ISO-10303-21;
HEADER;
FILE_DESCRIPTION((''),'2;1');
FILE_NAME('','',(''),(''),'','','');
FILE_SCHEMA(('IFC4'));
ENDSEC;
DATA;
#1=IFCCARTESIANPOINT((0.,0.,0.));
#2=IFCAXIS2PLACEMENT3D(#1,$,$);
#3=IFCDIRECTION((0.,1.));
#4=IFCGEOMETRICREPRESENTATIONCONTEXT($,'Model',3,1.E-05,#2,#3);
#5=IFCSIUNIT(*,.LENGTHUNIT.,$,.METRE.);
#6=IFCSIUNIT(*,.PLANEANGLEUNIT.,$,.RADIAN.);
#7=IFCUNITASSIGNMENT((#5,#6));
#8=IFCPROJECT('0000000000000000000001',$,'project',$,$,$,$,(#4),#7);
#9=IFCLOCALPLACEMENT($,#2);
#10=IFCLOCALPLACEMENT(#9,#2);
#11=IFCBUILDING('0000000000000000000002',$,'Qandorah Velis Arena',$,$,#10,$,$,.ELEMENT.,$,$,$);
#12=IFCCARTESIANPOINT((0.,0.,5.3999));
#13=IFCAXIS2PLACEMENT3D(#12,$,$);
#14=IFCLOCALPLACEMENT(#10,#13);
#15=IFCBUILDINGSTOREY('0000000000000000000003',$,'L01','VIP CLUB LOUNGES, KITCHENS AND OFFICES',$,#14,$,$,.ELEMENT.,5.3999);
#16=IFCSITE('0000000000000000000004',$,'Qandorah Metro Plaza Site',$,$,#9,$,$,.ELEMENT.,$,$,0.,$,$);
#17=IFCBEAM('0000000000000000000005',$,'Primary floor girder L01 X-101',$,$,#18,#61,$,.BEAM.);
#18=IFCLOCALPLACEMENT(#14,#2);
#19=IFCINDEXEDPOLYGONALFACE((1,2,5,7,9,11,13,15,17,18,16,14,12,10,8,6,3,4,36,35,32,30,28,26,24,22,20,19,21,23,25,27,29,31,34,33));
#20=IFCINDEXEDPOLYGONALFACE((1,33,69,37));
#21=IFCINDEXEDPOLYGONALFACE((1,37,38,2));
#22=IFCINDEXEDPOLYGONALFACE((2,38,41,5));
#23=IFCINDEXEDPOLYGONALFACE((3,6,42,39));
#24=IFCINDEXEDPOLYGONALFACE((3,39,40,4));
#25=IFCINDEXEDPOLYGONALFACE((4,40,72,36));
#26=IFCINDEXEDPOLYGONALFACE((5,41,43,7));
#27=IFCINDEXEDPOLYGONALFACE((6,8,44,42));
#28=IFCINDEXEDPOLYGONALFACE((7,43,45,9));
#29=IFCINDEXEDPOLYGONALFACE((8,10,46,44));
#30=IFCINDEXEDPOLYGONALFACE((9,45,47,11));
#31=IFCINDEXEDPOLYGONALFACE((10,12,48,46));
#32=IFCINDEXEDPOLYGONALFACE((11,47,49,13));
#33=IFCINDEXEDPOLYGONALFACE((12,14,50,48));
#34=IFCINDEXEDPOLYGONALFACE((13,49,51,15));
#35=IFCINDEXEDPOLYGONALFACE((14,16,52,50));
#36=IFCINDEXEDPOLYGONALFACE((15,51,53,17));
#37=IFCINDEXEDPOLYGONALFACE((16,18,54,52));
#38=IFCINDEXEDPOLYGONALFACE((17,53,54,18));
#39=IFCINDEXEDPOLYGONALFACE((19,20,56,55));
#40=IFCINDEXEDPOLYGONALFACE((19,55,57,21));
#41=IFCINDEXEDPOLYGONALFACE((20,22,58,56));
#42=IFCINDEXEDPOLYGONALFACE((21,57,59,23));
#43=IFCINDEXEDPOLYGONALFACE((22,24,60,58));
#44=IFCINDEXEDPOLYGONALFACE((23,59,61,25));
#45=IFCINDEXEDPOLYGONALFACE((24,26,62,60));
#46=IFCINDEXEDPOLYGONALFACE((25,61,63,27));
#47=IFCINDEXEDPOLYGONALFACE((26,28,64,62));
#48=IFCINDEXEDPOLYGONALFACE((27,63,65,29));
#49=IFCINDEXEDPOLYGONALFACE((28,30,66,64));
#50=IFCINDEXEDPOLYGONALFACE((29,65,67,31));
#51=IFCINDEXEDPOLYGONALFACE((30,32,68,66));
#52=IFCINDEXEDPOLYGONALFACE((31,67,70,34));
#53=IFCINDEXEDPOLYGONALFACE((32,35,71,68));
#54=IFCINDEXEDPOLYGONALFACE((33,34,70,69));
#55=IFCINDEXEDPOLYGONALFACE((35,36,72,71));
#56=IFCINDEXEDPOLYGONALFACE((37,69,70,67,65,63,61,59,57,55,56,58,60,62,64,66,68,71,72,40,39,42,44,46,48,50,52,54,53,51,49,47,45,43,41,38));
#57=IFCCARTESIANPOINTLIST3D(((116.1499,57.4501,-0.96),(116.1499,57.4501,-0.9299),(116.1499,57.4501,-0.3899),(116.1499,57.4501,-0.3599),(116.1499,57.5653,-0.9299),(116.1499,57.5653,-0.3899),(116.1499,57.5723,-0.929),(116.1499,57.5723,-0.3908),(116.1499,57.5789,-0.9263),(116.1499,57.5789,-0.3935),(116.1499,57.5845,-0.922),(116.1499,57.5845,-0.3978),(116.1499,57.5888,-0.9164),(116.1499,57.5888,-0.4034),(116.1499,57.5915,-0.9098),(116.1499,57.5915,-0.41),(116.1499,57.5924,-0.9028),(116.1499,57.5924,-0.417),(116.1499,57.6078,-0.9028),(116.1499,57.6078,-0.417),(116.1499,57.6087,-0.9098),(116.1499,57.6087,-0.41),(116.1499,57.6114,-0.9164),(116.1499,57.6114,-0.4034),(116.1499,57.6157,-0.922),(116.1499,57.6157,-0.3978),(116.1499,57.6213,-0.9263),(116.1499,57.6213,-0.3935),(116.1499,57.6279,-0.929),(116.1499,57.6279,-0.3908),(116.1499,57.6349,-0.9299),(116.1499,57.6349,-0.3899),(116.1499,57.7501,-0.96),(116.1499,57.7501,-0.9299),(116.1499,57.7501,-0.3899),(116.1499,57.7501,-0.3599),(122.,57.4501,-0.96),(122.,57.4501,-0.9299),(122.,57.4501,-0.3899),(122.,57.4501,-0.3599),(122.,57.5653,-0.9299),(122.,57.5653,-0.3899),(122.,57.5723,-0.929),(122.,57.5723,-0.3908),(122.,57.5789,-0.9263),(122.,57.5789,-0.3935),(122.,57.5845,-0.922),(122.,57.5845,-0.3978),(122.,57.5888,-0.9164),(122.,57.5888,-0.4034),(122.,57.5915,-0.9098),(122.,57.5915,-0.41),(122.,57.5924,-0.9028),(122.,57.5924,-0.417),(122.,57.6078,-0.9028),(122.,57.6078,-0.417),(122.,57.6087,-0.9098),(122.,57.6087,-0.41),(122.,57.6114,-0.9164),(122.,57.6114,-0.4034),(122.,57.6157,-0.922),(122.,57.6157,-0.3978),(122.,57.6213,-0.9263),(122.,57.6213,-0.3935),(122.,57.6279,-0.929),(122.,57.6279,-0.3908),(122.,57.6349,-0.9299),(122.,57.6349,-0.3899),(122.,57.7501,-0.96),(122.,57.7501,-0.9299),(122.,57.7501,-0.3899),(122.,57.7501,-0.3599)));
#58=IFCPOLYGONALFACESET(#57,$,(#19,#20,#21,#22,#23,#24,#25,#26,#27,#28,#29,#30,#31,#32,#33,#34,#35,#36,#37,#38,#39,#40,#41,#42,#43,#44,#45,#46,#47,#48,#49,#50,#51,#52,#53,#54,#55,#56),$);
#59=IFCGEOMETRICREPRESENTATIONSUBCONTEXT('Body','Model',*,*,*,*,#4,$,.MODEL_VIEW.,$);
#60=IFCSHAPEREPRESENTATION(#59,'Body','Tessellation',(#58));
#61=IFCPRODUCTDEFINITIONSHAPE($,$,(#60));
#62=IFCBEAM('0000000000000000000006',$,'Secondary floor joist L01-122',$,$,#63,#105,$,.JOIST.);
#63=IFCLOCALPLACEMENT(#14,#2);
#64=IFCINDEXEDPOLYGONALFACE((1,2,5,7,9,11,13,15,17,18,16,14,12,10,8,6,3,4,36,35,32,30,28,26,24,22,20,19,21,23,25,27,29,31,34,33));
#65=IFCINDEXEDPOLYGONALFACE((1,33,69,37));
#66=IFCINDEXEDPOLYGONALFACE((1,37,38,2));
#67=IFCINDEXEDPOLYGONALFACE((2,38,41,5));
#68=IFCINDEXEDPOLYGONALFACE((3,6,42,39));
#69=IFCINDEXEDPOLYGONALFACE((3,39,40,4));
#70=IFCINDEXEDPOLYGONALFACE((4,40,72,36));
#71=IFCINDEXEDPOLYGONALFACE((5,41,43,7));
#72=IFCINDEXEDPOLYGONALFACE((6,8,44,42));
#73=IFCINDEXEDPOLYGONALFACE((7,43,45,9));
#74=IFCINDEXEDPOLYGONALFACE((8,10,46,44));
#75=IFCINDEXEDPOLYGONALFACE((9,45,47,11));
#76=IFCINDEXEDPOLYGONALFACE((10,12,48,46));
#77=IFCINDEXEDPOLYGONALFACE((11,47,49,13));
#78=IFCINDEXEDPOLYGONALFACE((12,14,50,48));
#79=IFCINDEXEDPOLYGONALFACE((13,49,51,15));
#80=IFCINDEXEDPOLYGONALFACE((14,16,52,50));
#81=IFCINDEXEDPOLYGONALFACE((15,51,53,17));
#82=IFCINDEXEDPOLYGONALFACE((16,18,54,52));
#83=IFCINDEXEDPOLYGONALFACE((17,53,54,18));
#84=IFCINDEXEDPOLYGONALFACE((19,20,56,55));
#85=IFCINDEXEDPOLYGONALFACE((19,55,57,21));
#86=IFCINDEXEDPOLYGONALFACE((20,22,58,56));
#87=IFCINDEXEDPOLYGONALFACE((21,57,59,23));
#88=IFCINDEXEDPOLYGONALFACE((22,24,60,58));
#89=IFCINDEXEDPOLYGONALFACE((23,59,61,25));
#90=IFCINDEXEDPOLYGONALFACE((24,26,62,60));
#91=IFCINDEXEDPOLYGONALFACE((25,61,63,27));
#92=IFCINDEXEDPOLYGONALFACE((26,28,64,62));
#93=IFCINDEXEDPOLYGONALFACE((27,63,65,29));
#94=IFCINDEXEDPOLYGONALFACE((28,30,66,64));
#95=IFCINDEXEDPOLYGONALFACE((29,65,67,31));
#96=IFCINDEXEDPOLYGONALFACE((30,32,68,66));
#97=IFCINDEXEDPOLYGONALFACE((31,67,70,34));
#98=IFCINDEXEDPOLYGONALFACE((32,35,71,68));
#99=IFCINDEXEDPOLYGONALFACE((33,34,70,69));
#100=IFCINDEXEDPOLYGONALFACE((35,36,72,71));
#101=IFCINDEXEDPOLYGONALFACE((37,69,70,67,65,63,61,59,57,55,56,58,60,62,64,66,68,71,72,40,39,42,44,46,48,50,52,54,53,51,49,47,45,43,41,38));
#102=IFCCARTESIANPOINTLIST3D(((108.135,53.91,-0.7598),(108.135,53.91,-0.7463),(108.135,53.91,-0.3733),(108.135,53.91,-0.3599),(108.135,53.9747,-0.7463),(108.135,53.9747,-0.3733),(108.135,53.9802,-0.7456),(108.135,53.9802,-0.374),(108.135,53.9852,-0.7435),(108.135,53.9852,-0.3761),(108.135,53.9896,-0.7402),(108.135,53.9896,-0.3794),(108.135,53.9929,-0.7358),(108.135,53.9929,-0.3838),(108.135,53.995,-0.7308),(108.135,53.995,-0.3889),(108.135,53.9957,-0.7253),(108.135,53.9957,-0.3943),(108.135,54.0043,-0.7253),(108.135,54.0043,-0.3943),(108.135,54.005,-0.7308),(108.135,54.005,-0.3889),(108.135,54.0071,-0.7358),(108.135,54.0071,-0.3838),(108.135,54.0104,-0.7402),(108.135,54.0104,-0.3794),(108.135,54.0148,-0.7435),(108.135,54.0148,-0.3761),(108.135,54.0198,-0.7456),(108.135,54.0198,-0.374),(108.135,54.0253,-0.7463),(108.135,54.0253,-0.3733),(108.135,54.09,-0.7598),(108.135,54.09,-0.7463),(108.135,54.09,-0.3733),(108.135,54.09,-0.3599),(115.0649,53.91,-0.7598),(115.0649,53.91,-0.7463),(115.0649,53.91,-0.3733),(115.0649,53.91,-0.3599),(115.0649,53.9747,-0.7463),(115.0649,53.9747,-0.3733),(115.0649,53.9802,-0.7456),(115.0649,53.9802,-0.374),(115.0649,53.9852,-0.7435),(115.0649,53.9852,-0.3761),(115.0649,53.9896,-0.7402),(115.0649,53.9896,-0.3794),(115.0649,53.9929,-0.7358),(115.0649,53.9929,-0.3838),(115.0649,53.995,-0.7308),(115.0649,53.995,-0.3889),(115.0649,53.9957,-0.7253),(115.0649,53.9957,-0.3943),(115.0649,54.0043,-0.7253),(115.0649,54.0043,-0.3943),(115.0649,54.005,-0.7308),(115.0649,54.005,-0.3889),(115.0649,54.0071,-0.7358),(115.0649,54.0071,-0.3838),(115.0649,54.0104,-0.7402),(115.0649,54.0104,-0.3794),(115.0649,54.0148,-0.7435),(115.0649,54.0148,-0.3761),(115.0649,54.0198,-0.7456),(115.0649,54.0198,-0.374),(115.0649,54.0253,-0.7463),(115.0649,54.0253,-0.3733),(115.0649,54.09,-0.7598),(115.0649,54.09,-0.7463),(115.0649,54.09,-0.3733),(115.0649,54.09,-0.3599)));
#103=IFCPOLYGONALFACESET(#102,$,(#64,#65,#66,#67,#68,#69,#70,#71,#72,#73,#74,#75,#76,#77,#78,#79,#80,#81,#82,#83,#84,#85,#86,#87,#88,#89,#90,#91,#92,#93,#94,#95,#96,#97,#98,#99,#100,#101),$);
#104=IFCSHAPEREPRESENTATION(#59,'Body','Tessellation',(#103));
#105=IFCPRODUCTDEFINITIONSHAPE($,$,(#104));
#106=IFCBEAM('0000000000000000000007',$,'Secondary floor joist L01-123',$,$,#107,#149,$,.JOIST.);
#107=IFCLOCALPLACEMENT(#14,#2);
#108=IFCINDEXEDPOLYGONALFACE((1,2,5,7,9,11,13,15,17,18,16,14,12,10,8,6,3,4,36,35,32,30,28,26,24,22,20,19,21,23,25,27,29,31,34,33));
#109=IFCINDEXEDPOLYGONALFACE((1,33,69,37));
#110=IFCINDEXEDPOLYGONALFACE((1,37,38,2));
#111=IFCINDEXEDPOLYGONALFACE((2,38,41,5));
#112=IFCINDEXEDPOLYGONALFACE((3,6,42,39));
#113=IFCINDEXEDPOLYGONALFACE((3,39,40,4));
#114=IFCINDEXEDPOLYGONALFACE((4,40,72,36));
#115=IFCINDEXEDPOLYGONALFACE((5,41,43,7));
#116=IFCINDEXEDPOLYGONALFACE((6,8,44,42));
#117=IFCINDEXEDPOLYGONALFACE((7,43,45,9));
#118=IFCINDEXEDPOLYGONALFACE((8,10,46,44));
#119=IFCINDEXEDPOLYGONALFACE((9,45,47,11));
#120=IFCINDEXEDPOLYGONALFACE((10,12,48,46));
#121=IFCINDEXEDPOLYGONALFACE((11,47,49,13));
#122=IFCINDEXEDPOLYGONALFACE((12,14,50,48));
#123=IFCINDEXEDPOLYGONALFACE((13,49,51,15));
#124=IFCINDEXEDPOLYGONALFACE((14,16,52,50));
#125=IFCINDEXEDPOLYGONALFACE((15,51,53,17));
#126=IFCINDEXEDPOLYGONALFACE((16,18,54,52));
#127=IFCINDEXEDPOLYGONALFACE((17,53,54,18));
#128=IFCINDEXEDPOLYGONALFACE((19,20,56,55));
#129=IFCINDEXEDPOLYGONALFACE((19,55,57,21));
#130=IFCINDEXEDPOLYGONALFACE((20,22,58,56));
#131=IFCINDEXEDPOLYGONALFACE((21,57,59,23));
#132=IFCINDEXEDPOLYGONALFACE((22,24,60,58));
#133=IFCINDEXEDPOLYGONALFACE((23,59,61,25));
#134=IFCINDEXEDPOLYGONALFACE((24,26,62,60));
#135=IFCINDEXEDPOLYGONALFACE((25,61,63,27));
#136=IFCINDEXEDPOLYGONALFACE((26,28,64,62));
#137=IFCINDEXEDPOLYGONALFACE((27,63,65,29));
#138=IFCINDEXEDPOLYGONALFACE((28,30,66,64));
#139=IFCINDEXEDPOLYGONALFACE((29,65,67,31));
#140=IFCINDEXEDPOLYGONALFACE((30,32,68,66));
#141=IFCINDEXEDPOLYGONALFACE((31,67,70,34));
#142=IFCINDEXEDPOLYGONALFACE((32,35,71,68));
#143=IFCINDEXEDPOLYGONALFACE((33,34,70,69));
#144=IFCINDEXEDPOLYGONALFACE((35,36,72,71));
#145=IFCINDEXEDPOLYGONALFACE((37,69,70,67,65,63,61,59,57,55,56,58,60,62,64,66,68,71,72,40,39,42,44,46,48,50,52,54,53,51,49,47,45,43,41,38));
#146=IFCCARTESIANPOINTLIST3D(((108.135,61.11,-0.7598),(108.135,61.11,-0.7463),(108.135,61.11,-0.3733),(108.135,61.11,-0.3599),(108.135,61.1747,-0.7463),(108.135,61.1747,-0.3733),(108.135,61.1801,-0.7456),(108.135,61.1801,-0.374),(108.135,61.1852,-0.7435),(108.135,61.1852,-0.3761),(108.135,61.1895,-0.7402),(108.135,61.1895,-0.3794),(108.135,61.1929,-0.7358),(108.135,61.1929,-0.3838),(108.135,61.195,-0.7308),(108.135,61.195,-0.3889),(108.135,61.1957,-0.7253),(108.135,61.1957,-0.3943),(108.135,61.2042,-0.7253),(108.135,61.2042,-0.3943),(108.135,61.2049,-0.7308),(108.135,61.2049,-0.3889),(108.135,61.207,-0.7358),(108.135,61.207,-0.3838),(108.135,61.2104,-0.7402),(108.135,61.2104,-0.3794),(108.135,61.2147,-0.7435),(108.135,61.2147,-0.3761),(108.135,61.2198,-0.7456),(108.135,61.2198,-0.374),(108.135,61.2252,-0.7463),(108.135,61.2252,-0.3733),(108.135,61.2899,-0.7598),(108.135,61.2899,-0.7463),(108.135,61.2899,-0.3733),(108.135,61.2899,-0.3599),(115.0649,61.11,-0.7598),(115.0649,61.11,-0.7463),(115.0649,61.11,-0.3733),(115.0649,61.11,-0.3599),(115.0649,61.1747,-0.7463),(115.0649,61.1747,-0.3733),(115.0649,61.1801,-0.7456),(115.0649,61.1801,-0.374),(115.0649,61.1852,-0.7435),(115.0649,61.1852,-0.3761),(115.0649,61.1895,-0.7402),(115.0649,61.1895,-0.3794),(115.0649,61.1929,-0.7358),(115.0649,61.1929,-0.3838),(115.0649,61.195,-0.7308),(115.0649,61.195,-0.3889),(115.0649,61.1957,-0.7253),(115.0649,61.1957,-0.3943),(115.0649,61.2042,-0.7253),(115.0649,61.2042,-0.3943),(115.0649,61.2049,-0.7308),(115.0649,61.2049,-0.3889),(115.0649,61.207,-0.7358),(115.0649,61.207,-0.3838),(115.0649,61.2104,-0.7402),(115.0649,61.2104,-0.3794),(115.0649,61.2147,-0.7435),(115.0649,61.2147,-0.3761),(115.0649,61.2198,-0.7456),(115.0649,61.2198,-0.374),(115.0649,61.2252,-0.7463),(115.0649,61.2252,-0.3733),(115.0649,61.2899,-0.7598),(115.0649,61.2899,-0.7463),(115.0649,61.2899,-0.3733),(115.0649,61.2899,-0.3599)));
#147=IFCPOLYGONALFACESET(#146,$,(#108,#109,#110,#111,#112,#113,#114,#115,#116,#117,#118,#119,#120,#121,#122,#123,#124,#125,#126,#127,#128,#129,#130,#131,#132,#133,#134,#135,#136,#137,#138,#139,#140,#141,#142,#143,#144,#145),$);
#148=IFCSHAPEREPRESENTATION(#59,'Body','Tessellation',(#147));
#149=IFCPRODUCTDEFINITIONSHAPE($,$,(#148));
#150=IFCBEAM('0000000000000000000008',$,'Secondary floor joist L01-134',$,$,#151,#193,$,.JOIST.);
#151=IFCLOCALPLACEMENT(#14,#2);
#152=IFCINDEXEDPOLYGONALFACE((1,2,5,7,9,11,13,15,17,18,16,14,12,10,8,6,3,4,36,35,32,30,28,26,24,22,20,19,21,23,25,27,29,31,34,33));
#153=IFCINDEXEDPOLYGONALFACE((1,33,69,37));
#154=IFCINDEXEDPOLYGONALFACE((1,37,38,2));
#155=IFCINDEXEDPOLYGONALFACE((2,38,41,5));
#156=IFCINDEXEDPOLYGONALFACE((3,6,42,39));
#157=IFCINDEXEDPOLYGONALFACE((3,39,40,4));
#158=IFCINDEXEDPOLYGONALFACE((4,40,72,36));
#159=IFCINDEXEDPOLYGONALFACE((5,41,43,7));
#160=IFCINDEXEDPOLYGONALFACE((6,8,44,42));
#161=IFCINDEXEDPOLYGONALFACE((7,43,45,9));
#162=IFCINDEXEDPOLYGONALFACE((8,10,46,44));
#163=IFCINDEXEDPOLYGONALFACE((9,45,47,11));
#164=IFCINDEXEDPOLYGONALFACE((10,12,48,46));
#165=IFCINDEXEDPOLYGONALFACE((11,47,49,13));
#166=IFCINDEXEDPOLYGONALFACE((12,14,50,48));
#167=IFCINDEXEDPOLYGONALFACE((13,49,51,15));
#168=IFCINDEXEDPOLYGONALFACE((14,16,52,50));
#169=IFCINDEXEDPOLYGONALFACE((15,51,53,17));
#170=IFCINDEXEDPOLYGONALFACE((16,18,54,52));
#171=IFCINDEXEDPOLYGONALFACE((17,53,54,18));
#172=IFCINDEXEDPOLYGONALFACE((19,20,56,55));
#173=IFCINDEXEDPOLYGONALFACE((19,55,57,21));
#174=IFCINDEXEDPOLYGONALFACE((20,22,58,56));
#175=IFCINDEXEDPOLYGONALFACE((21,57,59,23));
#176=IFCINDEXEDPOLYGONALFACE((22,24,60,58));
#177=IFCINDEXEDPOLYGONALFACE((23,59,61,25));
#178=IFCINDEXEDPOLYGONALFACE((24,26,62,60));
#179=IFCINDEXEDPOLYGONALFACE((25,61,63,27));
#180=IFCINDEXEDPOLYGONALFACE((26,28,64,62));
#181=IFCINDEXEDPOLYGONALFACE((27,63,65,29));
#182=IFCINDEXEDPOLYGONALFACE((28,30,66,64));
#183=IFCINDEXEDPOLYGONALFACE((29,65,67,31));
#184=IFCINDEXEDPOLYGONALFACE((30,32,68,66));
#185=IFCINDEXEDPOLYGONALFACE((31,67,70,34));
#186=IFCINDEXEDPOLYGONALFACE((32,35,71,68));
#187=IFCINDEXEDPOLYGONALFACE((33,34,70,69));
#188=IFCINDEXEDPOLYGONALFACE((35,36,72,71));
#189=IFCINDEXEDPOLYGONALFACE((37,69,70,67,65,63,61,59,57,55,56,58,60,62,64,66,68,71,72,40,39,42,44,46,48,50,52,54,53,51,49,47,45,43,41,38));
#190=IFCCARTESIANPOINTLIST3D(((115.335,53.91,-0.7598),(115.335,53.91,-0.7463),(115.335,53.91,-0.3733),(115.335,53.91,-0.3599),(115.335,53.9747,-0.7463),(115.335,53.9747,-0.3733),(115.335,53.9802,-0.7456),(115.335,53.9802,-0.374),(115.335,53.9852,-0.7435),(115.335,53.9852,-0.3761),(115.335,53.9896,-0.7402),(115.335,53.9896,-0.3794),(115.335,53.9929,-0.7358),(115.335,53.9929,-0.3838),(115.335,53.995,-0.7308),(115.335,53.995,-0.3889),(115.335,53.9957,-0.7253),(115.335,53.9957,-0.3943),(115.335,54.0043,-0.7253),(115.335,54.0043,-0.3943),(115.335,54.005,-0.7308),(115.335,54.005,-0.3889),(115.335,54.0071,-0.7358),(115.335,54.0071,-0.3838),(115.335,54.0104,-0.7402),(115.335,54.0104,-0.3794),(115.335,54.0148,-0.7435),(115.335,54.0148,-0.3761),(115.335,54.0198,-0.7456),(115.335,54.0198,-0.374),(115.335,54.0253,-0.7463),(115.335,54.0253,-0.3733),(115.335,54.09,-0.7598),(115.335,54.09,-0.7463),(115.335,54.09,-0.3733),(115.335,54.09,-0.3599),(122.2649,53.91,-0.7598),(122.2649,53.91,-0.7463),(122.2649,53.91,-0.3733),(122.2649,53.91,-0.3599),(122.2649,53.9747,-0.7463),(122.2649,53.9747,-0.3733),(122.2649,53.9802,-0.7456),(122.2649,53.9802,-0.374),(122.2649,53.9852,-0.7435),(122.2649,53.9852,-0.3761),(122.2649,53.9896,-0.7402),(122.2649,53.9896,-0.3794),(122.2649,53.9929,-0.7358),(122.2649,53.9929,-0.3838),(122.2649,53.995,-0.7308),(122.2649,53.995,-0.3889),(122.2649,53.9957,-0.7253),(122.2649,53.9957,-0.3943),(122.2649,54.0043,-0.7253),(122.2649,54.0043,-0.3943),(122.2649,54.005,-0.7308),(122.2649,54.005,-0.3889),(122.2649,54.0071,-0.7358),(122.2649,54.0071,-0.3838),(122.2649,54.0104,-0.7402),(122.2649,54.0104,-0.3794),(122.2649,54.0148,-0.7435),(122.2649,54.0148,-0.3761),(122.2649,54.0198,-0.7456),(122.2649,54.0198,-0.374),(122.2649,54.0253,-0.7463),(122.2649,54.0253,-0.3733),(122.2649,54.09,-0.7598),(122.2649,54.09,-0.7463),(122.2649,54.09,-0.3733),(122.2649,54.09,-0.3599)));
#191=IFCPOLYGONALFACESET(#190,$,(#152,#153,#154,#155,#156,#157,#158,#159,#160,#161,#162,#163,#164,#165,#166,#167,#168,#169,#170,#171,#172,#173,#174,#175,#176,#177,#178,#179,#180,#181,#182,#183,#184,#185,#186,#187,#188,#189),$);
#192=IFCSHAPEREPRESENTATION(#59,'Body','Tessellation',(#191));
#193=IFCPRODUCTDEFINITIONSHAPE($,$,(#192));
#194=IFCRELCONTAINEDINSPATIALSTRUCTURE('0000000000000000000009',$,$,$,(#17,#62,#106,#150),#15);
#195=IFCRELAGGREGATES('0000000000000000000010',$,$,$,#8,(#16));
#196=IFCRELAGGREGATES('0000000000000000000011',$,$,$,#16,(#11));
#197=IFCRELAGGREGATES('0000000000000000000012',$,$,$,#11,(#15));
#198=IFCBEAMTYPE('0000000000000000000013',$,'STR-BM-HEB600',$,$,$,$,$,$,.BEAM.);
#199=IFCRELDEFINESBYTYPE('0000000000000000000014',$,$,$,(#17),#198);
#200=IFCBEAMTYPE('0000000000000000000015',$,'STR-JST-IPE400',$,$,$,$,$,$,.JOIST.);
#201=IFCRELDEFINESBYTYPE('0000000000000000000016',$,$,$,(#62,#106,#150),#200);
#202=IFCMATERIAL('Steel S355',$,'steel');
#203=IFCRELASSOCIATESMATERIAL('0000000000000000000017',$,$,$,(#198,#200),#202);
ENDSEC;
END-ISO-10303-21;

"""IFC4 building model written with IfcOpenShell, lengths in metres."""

from ifc_helpers import new_model, si_unit, direction, frame, origin, origin_2d, place, context, subcontext, project, spatial, i_section, extrude, material, material_profile, profile_set, type_object, element, save


model = new_model("IFC4")

# Units and contexts
model_context = context("Model", 3, precision=1e-05, world=origin(), true_north=direction((0.0, 1.0)))
body_context = subcontext(model_context, "Body", "Model", "MODEL_VIEW")
ifc_project = project(units=[si_unit("LENGTHUNIT", "METRE"), si_unit("PLANEANGLEUNIT", "RADIAN")], contexts=[model_context])

# Site, building, storey
site_placement = place(None, origin())
site = spatial("IfcSite", under=ifc_project, at=site_placement, Name="Qandorah Metro Plaza Site", CompositionType="ELEMENT", RefElevation=0.0)
building_placement = place(site_placement, origin())
building = spatial("IfcBuilding", under=site, at=building_placement, Name="Qandorah Velis Arena", CompositionType="ELEMENT")
storey_placement = place(building_placement, frame((0.0, 0.0, 5.3999)))
storey = spatial("IfcBuildingStorey", under=building, at=storey_placement, Name="L01", Description="VIP CLUB LOUNGES, KITCHENS AND OFFICES", CompositionType="ELEMENT", Elevation=5.3999)

# Beams
ifc_material_1 = material(Name="Steel S355", Category="steel")
ifc_material_profile_1 = material_profile(ifc_material_1, i_section(OverallWidth=0.3, OverallDepth=0.6001, WebThickness=0.0154, FlangeThickness=0.03, FilletRadius=0.0271, at=origin_2d()), Name="HEB 600")
ifc_profile_set_1 = profile_set([ifc_material_profile_1], Name="Steel S355")
beam_type_1 = type_object("IfcBeamType", Name="STR-BM-HEB600", PredefinedType="BEAM", material=ifc_profile_set_1)
beam_1_placement = place(storey_placement, frame((116.1499, 57.6001, -0.6599), z_axis=(1.0, 0.0, 0.0), x_axis=(0.0, 1.0, 0.0)))
element("IfcBeam", 1, at=beam_1_placement, inside=storey, type_object=beam_type_1, Name="Primary floor girder L01 X-101", PredefinedType="BEAM", context=body_context, shape_type="SweptSolid", body=[
    extrude(i_section(OverallWidth=0.3, OverallDepth=0.6001, WebThickness=0.0154, FlangeThickness=0.03, FilletRadius=0.0271, at=origin_2d()), origin(), (0.0, 0.0, 1.0), 5.8501),
])
ifc_material_profile_2 = material_profile(ifc_material_1, i_section(OverallWidth=0.1799, OverallDepth=0.3999, WebThickness=0.0085, FlangeThickness=0.0134, FilletRadius=0.021, at=origin_2d()), Name="IPE 400")
ifc_profile_set_2 = profile_set([ifc_material_profile_2], Name="Steel S355")
beam_type_2 = type_object("IfcBeamType", Name="STR-JST-IPE400", PredefinedType="JOIST", material=ifc_profile_set_2)
for number, where, z_axis, x_axis, name in (
    (2, (108.135, 54.0, -0.5598), (1.0, 0.0, 0.0), (0.0, 1.0, 0.0), "Secondary floor joist L01-122"),
    (3, (108.135, 61.2, -0.5598), (1.0, 0.0, 0.0), (0.0, 1.0, 0.0), "Secondary floor joist L01-123"),
    (4, (115.335, 54.0, -0.5598), (1.0, 0.0, 0.0), (0.0, 1.0, 0.0), "Secondary floor joist L01-134"),
):
    element("IfcBeam", number, at=place(storey_placement, frame(where, z_axis=z_axis, x_axis=x_axis)), inside=storey, type_object=beam_type_2, Name=name, PredefinedType="JOIST", context=body_context, shape_type="SweptSolid", body=[
        extrude(i_section(OverallWidth=0.1799, OverallDepth=0.3999, WebThickness=0.0085, FlangeThickness=0.0134, FilletRadius=0.021, at=origin_2d()), origin(), (0.0, 0.0, 1.0), 6.9299),
    ])

save(model, "model.ifc")
